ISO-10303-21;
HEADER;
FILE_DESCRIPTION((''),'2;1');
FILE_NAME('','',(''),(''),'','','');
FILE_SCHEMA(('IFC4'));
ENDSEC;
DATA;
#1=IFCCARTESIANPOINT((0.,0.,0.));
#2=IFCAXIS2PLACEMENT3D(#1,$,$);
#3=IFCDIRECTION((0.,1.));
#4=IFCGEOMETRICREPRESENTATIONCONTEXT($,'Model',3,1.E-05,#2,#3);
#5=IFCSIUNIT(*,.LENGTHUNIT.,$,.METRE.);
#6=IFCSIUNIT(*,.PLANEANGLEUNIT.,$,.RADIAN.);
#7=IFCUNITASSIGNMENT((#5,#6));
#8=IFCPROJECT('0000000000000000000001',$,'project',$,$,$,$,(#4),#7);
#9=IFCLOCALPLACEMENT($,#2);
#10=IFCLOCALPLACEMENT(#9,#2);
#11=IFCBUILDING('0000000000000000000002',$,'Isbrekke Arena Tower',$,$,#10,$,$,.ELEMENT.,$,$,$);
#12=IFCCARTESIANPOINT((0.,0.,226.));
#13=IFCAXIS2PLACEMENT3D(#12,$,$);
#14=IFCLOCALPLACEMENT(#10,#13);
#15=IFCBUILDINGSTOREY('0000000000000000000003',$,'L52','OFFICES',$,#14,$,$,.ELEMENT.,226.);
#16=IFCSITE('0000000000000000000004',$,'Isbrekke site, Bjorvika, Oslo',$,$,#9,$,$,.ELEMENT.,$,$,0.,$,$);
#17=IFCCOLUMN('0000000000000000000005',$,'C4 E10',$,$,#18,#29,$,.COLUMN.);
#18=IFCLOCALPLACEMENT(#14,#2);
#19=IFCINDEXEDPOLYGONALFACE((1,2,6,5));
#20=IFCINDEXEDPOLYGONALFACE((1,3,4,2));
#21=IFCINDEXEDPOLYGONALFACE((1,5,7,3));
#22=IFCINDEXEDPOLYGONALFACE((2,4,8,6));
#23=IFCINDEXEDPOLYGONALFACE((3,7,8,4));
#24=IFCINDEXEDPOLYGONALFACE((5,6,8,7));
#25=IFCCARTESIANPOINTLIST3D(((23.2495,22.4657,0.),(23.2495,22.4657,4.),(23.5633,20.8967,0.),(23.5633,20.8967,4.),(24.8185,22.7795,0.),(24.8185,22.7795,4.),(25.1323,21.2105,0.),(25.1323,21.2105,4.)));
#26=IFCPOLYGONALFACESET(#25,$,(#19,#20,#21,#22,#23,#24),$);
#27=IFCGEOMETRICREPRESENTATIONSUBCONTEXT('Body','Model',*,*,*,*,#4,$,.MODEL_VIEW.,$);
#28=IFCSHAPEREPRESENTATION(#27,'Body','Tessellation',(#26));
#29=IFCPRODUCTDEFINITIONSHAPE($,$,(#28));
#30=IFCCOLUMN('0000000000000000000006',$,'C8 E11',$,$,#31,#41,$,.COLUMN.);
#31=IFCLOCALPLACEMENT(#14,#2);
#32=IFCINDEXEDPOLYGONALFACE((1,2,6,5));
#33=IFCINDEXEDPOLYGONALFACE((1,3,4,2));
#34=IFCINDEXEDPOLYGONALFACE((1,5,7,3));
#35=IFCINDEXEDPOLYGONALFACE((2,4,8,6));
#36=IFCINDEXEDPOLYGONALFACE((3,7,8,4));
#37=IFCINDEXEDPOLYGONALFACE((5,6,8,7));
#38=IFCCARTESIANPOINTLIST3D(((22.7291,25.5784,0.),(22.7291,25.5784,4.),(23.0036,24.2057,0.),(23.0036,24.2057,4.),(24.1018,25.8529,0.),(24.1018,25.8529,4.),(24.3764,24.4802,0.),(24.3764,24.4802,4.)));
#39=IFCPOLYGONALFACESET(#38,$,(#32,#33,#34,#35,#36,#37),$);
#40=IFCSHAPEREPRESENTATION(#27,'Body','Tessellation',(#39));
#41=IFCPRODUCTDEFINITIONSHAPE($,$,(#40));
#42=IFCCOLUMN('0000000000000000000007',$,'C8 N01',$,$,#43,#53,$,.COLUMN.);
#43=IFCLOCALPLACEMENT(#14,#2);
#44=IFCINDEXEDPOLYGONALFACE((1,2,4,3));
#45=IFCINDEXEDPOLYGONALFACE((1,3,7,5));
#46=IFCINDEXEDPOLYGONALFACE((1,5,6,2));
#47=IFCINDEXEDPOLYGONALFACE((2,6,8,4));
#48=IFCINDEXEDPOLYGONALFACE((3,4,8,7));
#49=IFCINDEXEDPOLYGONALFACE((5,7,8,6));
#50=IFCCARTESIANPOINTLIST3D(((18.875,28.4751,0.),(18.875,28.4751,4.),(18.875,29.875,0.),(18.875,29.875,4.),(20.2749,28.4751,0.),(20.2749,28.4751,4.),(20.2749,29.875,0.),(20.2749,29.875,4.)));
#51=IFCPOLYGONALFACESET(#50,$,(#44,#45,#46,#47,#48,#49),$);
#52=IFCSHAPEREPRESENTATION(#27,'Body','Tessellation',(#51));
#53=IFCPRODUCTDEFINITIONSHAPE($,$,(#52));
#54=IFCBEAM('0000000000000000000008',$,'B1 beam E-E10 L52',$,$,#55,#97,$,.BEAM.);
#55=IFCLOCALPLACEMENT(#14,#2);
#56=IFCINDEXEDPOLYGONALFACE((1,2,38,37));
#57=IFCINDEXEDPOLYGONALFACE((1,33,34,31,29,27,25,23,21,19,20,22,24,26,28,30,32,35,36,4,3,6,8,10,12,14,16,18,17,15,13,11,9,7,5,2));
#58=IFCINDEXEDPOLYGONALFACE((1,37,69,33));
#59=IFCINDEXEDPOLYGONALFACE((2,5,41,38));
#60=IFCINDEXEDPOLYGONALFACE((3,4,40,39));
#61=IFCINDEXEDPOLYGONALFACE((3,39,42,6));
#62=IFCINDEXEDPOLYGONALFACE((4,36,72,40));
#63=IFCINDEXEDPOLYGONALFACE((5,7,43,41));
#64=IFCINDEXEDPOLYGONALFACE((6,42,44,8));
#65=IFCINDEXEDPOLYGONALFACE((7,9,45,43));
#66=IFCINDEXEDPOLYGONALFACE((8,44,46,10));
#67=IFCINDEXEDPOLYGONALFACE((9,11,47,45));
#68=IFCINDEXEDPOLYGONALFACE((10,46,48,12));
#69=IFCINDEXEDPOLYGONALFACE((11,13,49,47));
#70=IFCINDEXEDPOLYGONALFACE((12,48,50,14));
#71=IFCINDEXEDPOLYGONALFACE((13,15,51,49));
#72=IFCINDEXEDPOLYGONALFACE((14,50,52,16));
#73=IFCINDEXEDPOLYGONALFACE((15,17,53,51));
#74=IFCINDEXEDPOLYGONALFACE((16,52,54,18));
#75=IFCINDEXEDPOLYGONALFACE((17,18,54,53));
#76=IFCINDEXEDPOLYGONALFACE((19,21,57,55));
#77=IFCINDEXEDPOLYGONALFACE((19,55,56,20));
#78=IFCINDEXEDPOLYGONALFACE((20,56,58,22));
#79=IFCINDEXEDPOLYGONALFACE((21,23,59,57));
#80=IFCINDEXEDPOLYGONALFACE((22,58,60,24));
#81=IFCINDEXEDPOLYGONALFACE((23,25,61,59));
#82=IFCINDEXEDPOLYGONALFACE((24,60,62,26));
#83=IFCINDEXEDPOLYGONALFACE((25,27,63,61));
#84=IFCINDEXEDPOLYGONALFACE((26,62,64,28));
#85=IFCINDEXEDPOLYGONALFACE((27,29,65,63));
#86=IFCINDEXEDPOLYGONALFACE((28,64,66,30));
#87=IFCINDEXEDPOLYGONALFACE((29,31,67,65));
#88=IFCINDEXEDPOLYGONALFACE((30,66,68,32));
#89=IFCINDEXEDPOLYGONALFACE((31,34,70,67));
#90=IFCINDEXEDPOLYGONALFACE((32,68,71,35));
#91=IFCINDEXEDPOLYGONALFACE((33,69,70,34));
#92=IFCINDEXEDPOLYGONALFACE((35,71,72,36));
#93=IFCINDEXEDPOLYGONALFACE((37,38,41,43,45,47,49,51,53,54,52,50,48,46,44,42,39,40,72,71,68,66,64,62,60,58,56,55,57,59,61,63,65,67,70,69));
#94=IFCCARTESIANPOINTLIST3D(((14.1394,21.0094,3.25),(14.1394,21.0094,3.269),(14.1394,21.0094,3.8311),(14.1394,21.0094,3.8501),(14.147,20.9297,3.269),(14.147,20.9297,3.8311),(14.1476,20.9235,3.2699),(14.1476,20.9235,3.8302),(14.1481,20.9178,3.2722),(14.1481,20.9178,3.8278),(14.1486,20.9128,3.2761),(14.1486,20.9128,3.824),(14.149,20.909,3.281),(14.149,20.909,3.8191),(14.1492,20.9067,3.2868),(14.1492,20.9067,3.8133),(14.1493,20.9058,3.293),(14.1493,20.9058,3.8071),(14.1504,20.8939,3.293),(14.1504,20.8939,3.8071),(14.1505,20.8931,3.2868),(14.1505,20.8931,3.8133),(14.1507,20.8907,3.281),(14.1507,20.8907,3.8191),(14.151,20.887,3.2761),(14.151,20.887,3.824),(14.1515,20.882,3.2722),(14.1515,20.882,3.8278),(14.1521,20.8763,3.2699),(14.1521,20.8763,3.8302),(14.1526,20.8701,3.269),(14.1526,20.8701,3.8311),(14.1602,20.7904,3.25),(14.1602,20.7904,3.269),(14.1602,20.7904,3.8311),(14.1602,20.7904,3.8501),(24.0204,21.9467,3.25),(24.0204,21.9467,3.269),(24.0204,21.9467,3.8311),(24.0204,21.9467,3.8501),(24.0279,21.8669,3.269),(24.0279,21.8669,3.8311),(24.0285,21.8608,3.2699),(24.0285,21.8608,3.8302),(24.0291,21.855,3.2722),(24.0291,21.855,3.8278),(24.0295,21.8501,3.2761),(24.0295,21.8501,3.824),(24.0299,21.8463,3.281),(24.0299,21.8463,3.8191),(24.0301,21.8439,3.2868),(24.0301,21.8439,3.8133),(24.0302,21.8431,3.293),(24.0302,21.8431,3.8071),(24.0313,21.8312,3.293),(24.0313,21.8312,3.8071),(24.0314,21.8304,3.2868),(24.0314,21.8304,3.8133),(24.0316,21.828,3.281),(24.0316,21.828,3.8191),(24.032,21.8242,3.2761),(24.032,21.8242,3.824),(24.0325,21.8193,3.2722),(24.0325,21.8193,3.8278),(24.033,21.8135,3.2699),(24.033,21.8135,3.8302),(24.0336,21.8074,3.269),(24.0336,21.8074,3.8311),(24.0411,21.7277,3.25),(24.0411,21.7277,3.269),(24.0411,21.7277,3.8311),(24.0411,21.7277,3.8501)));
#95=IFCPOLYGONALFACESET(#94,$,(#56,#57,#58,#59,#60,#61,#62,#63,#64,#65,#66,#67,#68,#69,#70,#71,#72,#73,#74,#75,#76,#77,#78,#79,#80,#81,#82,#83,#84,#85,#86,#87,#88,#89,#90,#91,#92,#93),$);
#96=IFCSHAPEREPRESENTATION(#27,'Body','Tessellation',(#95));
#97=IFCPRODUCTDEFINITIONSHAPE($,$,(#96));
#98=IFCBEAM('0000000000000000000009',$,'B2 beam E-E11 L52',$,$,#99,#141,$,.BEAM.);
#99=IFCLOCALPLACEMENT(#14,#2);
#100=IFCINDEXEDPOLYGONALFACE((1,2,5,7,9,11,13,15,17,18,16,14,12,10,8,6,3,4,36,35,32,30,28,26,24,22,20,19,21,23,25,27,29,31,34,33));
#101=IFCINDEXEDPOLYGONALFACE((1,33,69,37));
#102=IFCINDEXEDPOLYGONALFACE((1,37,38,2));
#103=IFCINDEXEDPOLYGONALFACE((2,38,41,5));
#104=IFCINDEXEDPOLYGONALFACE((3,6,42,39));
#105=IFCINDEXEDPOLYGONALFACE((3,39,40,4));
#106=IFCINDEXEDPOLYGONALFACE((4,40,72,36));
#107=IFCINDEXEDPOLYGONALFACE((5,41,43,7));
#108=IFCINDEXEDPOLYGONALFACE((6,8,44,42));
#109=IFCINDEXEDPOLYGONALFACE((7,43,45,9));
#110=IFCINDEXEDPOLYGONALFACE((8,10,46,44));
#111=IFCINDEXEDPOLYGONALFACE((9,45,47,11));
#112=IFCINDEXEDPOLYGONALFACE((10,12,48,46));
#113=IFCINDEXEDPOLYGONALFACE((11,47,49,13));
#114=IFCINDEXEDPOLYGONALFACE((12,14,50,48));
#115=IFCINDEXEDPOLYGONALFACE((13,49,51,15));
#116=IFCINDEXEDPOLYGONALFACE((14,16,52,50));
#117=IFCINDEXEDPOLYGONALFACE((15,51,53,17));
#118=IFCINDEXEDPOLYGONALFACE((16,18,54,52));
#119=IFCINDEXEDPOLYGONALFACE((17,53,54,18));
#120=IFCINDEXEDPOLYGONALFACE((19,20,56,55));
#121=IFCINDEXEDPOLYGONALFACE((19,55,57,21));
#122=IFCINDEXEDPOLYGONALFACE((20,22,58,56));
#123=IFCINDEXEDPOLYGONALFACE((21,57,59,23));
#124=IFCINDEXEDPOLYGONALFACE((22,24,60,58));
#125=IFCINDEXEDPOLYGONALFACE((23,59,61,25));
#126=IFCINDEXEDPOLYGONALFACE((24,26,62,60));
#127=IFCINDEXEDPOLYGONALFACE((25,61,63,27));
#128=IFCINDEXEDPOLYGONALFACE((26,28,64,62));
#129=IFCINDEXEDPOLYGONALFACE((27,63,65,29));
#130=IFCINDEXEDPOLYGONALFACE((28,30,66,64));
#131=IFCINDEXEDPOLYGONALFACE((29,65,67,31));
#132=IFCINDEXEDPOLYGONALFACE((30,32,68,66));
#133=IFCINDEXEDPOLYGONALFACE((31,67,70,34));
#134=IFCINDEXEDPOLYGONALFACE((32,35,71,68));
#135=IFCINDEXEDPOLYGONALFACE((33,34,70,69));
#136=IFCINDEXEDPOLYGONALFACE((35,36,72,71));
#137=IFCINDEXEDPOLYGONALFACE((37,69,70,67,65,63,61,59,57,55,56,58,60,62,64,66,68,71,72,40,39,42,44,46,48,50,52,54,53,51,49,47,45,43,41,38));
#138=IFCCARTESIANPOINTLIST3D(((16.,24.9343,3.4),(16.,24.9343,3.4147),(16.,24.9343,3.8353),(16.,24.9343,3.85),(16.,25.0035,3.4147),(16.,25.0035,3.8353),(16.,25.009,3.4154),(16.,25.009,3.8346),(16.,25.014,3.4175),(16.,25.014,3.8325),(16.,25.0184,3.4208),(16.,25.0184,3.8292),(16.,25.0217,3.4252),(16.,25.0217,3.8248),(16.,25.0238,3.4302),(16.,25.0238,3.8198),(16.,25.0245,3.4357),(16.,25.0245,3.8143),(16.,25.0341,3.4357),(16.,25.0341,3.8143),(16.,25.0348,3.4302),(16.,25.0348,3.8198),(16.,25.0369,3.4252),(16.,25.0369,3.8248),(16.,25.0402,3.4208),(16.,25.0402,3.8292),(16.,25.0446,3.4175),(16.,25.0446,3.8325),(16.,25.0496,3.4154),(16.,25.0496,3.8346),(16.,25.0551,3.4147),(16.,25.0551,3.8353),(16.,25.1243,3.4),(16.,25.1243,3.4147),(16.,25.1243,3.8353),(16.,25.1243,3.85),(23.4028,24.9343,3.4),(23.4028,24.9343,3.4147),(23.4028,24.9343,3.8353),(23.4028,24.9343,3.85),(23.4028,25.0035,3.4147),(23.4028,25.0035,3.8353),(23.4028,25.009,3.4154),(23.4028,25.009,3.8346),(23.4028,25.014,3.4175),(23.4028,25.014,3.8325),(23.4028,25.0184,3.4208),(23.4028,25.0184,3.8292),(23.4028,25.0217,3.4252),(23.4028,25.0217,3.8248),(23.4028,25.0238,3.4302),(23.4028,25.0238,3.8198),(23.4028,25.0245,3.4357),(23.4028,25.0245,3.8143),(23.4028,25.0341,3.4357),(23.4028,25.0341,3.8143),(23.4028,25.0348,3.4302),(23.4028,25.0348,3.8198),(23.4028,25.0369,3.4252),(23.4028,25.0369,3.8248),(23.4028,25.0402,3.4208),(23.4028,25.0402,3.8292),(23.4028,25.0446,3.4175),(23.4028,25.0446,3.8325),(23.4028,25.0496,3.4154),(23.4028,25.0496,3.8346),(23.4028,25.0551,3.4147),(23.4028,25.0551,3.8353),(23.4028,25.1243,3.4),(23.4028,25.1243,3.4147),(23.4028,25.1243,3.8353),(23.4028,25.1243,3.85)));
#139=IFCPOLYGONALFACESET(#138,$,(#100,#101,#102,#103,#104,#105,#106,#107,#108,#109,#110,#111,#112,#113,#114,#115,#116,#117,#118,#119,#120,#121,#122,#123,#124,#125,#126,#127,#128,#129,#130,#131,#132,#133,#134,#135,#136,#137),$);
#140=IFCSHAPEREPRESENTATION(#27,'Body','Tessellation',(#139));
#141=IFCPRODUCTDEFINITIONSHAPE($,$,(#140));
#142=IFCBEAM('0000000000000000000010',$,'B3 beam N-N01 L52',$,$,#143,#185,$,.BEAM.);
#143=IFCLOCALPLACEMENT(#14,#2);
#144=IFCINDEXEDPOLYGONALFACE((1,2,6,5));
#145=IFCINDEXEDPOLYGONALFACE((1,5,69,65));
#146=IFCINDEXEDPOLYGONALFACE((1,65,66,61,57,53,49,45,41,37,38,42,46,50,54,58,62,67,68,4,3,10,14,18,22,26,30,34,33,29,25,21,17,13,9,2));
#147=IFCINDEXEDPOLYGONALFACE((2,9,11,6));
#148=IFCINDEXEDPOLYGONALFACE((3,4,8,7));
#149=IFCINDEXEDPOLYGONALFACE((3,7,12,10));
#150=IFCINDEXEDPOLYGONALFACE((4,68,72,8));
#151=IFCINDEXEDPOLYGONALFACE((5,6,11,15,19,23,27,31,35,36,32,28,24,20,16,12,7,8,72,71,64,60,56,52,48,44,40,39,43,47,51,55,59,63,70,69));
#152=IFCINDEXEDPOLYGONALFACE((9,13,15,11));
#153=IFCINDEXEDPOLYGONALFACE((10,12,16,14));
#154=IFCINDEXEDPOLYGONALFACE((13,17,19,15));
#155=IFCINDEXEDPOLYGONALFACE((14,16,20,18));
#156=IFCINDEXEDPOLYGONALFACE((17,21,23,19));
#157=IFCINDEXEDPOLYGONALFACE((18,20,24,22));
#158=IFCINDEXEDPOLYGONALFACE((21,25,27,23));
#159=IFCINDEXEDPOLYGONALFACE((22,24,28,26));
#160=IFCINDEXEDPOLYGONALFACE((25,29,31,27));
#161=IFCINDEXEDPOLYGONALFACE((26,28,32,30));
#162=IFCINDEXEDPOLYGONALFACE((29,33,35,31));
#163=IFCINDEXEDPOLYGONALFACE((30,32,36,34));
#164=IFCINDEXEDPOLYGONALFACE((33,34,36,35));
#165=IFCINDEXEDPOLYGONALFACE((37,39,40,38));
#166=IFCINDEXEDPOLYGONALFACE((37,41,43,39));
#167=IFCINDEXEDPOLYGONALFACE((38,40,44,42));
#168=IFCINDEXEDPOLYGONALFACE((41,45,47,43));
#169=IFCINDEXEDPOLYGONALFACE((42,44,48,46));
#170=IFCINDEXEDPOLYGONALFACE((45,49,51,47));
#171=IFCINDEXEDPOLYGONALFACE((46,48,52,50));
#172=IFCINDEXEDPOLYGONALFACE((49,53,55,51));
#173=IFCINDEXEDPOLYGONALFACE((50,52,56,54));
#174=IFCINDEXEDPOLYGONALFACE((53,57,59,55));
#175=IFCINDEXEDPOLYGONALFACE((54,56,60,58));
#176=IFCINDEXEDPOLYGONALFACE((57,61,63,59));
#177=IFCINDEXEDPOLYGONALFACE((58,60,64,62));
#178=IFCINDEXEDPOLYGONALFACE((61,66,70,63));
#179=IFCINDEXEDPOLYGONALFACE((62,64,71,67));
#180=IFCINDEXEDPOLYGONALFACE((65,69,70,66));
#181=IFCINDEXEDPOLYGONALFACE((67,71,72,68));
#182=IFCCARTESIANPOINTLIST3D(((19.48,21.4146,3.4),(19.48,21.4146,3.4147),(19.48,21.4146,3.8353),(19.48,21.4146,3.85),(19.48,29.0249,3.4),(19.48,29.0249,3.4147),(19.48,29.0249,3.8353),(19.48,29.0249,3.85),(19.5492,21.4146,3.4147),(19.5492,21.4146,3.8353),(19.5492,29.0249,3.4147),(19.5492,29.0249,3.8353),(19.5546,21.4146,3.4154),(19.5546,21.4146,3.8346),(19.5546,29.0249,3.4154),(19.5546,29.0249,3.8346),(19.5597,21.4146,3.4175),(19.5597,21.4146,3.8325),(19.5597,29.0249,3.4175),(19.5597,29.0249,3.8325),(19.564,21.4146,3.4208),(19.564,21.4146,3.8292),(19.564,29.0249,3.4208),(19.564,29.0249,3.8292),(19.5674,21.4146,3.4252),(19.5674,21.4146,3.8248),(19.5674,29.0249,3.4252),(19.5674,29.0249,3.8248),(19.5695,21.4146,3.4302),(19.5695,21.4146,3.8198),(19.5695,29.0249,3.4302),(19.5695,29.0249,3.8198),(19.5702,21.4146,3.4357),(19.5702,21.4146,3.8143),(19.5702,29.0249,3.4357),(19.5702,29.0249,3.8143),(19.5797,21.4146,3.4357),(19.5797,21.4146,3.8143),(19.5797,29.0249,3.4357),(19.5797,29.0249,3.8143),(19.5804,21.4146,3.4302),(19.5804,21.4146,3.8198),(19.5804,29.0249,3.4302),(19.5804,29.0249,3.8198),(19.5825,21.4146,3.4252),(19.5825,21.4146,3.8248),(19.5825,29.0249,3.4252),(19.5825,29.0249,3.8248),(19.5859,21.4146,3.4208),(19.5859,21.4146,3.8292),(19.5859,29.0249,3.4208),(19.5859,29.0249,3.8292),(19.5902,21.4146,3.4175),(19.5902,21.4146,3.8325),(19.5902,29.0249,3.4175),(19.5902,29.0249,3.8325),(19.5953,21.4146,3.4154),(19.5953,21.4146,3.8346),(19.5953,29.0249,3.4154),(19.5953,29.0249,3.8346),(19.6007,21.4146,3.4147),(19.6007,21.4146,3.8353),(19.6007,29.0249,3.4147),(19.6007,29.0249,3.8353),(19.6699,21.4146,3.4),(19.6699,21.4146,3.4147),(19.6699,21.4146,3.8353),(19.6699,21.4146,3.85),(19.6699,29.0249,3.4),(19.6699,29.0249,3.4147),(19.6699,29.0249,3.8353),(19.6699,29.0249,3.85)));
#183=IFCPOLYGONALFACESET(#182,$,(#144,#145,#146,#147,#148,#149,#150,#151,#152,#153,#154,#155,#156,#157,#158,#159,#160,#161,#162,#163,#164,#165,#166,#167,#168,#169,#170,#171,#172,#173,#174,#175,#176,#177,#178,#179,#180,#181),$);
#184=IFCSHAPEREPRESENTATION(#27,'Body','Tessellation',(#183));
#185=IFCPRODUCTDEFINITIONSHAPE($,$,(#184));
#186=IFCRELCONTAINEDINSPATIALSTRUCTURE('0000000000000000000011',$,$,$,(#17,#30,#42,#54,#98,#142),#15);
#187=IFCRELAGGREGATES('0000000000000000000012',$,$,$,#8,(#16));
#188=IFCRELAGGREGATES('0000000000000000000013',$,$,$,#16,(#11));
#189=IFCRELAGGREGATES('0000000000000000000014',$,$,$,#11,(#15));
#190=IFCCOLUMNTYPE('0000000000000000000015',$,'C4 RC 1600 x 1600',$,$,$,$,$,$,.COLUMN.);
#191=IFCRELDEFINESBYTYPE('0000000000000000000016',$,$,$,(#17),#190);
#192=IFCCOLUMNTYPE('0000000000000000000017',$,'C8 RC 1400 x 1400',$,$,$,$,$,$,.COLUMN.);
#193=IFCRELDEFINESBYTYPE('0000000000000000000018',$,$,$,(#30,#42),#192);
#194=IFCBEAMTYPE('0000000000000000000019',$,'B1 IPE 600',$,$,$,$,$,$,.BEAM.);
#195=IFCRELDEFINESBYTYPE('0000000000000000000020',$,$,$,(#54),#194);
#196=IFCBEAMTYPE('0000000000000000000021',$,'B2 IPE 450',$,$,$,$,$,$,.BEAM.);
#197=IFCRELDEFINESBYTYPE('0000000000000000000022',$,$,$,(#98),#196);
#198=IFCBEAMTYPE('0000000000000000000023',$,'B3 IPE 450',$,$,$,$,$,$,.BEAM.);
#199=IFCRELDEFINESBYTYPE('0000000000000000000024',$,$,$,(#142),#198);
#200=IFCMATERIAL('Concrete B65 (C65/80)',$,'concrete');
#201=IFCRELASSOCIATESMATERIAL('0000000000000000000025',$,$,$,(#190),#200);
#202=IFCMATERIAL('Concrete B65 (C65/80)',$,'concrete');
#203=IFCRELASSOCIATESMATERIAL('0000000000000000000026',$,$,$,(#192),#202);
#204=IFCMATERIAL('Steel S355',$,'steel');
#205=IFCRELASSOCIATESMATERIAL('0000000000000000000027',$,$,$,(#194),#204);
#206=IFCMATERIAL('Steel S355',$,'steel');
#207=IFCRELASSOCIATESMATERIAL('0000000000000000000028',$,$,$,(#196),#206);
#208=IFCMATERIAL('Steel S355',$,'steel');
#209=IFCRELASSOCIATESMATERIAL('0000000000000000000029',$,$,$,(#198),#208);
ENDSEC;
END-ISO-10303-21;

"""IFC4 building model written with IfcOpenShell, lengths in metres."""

from ifc_helpers import new_model, si_unit, direction, frame, origin, origin_2d, place, context, subcontext, project, spatial, rectangle, i_section, extrude, material, material_profile, profile_set, type_object, element, save


model = new_model("IFC4")

# Units and contexts
model_context = context("Model", 3, precision=1e-05, world=origin(), true_north=direction((0.0, 1.0)))
body_context = subcontext(model_context, "Body", "Model", "MODEL_VIEW")
ifc_project = project(units=[si_unit("LENGTHUNIT", "METRE"), si_unit("PLANEANGLEUNIT", "RADIAN")], contexts=[model_context])

# Site, building, storey
site_placement = place(None, origin())
site = spatial("IfcSite", under=ifc_project, at=site_placement, Name="Isbrekke site, Bjorvika, Oslo", CompositionType="ELEMENT", RefElevation=0.0)
building_placement = place(site_placement, origin())
building = spatial("IfcBuilding", under=site, at=building_placement, Name="Isbrekke Arena Tower", CompositionType="ELEMENT")
storey_placement = place(building_placement, frame((0.0, 0.0, 226.0)))
storey = spatial("IfcBuildingStorey", under=building, at=storey_placement, Name="L52", Description="OFFICES", CompositionType="ELEMENT", Elevation=226.0)

# Columns
ifc_material_1 = material(Name="Concrete B65 (C65/80)", Category="concrete")
ifc_material_profile_1 = material_profile(ifc_material_1, rectangle(XDim=1.6001, YDim=1.6001, at=origin_2d()), Name="RC 1600x1600")
ifc_profile_set_1 = profile_set([ifc_material_profile_1], Name="Concrete B65 (C65/80)")
column_type_1 = type_object("IfcColumnType", Name="C4 RC 1600 x 1600", PredefinedType="COLUMN", material=ifc_profile_set_1)
column_placement = place(storey_placement, frame((24.1909, 21.8381, 0.0), z_axis=(0.0, 0.0, 1.0), x_axis=(-0.196116, 0.980581, 0.0)))
element("IfcColumn", 1, at=column_placement, inside=storey, type_object=column_type_1, Name="C4 E10", PredefinedType="COLUMN", context=body_context, shape_type="SweptSolid", body=[
    extrude(rectangle(XDim=1.6001, YDim=1.6001, at=origin_2d()), origin(), (0.0, 0.0, 1.0), 4.0),
])
ifc_material_2 = material(Name="Concrete B65 (C65/80)", Category="concrete")
ifc_material_profile_2 = material_profile(ifc_material_2, rectangle(XDim=1.3999, YDim=1.3999, at=origin_2d()), Name="RC 1400x1400")
ifc_profile_set_2 = profile_set([ifc_material_profile_2], Name="Concrete B65 (C65/80)")
column_type_2 = type_object("IfcColumnType", Name="C8 RC 1400 x 1400", PredefinedType="COLUMN", material=ifc_profile_set_2)
for number, where, z_axis, x_axis, name in (
    (2, (23.5527, 25.0293, 0.0), (0.0, 0.0, 1.0), (-0.196116, 0.980581, 0.0), "C8 E11"),
    (3, (19.575, 29.175, 0.0), (0.0, 0.0, 1.0), (-1.0, 0.0, 0.0), "C8 N01"),
):
    element("IfcColumn", number, at=place(storey_placement, frame(where, z_axis=z_axis, x_axis=x_axis)), inside=storey, type_object=column_type_2, Name=name, PredefinedType="COLUMN", context=body_context, shape_type="SweptSolid", body=[
        extrude(rectangle(XDim=1.3999, YDim=1.3999, at=origin_2d()), origin(), (0.0, 0.0, 1.0), 4.0),
    ])

# Beams
ifc_material_3 = material(Name="Steel S355", Category="steel")
ifc_material_profile_3 = material_profile(ifc_material_3, i_section(OverallWidth=0.22, OverallDepth=0.6001, WebThickness=0.012, FlangeThickness=0.019, FilletRadius=0.0239, at=origin_2d()), Name="IPE 600")
ifc_profile_set_3 = profile_set([ifc_material_profile_3], Name="Steel S355")
beam_type_1 = type_object("IfcBeamType", Name="B1 IPE 600", PredefinedType="BEAM", material=ifc_profile_set_3)
beam_1_placement = place(storey_placement, frame((24.0308, 21.8372, 3.55), z_axis=(-0.995531, -0.094432, 0.0), x_axis=(0.094432, -0.995531, 0.0)))
element("IfcBeam", 4, at=beam_1_placement, inside=storey, type_object=beam_type_1, Name="B1 beam E-E10 L52", PredefinedType="BEAM", context=body_context, shape_type="SweptSolid", body=[
    extrude(i_section(OverallWidth=0.22, OverallDepth=0.6001, WebThickness=0.012, FlangeThickness=0.019, FilletRadius=0.0239, at=origin_2d()), origin(), (0.0, 0.0, 1.0), 9.9253),
])
ifc_material_4 = material(Name="Steel S355", Category="steel")
ifc_material_profile_4 = material_profile(ifc_material_4, i_section(OverallWidth=0.1899, OverallDepth=0.45, WebThickness=0.0095, FlangeThickness=0.0146, FilletRadius=0.021, at=origin_2d()), Name="IPE 450")
ifc_profile_set_4 = profile_set([ifc_material_profile_4], Name="Steel S355")
beam_type_2 = type_object("IfcBeamType", Name="B2 IPE 450", PredefinedType="BEAM", material=ifc_profile_set_4)
beam_2_placement = place(storey_placement, frame((23.4028, 25.0293, 3.625), z_axis=(-1.0, 0.0, 0.0), x_axis=(0.0, -1.0, 0.0)))
element("IfcBeam", 5, at=beam_2_placement, inside=storey, type_object=beam_type_2, Name="B2 beam E-E11 L52", PredefinedType="BEAM", context=body_context, shape_type="SweptSolid", body=[
    extrude(i_section(OverallWidth=0.1899, OverallDepth=0.45, WebThickness=0.0095, FlangeThickness=0.0146, FilletRadius=0.021, at=origin_2d()), origin(), (0.0, 0.0, 1.0), 7.4028),
])
ifc_material_5 = material(Name="Steel S355", Category="steel")
ifc_material_profile_5 = material_profile(ifc_material_5, i_section(OverallWidth=0.1899, OverallDepth=0.45, WebThickness=0.0095, FlangeThickness=0.0146, FilletRadius=0.021, at=origin_2d()), Name="IPE 450")
ifc_profile_set_5 = profile_set([ifc_material_profile_5], Name="Steel S355")
beam_type_3 = type_object("IfcBeamType", Name="B3 IPE 450", PredefinedType="BEAM", material=ifc_profile_set_5)
beam_3_placement = place(storey_placement, frame((19.575, 29.0249, 3.625), z_axis=(0.0, -1.0, 0.0), x_axis=(1.0, 0.0, 0.0)))
element("IfcBeam", 6, at=beam_3_placement, inside=storey, type_object=beam_type_3, Name="B3 beam N-N01 L52", PredefinedType="BEAM", context=body_context, shape_type="SweptSolid", body=[
    extrude(i_section(OverallWidth=0.1899, OverallDepth=0.45, WebThickness=0.0095, FlangeThickness=0.0146, FilletRadius=0.021, at=origin_2d()), origin(), (0.0, 0.0, 1.0), 7.6104),
])

save(model, "model.ifc")
